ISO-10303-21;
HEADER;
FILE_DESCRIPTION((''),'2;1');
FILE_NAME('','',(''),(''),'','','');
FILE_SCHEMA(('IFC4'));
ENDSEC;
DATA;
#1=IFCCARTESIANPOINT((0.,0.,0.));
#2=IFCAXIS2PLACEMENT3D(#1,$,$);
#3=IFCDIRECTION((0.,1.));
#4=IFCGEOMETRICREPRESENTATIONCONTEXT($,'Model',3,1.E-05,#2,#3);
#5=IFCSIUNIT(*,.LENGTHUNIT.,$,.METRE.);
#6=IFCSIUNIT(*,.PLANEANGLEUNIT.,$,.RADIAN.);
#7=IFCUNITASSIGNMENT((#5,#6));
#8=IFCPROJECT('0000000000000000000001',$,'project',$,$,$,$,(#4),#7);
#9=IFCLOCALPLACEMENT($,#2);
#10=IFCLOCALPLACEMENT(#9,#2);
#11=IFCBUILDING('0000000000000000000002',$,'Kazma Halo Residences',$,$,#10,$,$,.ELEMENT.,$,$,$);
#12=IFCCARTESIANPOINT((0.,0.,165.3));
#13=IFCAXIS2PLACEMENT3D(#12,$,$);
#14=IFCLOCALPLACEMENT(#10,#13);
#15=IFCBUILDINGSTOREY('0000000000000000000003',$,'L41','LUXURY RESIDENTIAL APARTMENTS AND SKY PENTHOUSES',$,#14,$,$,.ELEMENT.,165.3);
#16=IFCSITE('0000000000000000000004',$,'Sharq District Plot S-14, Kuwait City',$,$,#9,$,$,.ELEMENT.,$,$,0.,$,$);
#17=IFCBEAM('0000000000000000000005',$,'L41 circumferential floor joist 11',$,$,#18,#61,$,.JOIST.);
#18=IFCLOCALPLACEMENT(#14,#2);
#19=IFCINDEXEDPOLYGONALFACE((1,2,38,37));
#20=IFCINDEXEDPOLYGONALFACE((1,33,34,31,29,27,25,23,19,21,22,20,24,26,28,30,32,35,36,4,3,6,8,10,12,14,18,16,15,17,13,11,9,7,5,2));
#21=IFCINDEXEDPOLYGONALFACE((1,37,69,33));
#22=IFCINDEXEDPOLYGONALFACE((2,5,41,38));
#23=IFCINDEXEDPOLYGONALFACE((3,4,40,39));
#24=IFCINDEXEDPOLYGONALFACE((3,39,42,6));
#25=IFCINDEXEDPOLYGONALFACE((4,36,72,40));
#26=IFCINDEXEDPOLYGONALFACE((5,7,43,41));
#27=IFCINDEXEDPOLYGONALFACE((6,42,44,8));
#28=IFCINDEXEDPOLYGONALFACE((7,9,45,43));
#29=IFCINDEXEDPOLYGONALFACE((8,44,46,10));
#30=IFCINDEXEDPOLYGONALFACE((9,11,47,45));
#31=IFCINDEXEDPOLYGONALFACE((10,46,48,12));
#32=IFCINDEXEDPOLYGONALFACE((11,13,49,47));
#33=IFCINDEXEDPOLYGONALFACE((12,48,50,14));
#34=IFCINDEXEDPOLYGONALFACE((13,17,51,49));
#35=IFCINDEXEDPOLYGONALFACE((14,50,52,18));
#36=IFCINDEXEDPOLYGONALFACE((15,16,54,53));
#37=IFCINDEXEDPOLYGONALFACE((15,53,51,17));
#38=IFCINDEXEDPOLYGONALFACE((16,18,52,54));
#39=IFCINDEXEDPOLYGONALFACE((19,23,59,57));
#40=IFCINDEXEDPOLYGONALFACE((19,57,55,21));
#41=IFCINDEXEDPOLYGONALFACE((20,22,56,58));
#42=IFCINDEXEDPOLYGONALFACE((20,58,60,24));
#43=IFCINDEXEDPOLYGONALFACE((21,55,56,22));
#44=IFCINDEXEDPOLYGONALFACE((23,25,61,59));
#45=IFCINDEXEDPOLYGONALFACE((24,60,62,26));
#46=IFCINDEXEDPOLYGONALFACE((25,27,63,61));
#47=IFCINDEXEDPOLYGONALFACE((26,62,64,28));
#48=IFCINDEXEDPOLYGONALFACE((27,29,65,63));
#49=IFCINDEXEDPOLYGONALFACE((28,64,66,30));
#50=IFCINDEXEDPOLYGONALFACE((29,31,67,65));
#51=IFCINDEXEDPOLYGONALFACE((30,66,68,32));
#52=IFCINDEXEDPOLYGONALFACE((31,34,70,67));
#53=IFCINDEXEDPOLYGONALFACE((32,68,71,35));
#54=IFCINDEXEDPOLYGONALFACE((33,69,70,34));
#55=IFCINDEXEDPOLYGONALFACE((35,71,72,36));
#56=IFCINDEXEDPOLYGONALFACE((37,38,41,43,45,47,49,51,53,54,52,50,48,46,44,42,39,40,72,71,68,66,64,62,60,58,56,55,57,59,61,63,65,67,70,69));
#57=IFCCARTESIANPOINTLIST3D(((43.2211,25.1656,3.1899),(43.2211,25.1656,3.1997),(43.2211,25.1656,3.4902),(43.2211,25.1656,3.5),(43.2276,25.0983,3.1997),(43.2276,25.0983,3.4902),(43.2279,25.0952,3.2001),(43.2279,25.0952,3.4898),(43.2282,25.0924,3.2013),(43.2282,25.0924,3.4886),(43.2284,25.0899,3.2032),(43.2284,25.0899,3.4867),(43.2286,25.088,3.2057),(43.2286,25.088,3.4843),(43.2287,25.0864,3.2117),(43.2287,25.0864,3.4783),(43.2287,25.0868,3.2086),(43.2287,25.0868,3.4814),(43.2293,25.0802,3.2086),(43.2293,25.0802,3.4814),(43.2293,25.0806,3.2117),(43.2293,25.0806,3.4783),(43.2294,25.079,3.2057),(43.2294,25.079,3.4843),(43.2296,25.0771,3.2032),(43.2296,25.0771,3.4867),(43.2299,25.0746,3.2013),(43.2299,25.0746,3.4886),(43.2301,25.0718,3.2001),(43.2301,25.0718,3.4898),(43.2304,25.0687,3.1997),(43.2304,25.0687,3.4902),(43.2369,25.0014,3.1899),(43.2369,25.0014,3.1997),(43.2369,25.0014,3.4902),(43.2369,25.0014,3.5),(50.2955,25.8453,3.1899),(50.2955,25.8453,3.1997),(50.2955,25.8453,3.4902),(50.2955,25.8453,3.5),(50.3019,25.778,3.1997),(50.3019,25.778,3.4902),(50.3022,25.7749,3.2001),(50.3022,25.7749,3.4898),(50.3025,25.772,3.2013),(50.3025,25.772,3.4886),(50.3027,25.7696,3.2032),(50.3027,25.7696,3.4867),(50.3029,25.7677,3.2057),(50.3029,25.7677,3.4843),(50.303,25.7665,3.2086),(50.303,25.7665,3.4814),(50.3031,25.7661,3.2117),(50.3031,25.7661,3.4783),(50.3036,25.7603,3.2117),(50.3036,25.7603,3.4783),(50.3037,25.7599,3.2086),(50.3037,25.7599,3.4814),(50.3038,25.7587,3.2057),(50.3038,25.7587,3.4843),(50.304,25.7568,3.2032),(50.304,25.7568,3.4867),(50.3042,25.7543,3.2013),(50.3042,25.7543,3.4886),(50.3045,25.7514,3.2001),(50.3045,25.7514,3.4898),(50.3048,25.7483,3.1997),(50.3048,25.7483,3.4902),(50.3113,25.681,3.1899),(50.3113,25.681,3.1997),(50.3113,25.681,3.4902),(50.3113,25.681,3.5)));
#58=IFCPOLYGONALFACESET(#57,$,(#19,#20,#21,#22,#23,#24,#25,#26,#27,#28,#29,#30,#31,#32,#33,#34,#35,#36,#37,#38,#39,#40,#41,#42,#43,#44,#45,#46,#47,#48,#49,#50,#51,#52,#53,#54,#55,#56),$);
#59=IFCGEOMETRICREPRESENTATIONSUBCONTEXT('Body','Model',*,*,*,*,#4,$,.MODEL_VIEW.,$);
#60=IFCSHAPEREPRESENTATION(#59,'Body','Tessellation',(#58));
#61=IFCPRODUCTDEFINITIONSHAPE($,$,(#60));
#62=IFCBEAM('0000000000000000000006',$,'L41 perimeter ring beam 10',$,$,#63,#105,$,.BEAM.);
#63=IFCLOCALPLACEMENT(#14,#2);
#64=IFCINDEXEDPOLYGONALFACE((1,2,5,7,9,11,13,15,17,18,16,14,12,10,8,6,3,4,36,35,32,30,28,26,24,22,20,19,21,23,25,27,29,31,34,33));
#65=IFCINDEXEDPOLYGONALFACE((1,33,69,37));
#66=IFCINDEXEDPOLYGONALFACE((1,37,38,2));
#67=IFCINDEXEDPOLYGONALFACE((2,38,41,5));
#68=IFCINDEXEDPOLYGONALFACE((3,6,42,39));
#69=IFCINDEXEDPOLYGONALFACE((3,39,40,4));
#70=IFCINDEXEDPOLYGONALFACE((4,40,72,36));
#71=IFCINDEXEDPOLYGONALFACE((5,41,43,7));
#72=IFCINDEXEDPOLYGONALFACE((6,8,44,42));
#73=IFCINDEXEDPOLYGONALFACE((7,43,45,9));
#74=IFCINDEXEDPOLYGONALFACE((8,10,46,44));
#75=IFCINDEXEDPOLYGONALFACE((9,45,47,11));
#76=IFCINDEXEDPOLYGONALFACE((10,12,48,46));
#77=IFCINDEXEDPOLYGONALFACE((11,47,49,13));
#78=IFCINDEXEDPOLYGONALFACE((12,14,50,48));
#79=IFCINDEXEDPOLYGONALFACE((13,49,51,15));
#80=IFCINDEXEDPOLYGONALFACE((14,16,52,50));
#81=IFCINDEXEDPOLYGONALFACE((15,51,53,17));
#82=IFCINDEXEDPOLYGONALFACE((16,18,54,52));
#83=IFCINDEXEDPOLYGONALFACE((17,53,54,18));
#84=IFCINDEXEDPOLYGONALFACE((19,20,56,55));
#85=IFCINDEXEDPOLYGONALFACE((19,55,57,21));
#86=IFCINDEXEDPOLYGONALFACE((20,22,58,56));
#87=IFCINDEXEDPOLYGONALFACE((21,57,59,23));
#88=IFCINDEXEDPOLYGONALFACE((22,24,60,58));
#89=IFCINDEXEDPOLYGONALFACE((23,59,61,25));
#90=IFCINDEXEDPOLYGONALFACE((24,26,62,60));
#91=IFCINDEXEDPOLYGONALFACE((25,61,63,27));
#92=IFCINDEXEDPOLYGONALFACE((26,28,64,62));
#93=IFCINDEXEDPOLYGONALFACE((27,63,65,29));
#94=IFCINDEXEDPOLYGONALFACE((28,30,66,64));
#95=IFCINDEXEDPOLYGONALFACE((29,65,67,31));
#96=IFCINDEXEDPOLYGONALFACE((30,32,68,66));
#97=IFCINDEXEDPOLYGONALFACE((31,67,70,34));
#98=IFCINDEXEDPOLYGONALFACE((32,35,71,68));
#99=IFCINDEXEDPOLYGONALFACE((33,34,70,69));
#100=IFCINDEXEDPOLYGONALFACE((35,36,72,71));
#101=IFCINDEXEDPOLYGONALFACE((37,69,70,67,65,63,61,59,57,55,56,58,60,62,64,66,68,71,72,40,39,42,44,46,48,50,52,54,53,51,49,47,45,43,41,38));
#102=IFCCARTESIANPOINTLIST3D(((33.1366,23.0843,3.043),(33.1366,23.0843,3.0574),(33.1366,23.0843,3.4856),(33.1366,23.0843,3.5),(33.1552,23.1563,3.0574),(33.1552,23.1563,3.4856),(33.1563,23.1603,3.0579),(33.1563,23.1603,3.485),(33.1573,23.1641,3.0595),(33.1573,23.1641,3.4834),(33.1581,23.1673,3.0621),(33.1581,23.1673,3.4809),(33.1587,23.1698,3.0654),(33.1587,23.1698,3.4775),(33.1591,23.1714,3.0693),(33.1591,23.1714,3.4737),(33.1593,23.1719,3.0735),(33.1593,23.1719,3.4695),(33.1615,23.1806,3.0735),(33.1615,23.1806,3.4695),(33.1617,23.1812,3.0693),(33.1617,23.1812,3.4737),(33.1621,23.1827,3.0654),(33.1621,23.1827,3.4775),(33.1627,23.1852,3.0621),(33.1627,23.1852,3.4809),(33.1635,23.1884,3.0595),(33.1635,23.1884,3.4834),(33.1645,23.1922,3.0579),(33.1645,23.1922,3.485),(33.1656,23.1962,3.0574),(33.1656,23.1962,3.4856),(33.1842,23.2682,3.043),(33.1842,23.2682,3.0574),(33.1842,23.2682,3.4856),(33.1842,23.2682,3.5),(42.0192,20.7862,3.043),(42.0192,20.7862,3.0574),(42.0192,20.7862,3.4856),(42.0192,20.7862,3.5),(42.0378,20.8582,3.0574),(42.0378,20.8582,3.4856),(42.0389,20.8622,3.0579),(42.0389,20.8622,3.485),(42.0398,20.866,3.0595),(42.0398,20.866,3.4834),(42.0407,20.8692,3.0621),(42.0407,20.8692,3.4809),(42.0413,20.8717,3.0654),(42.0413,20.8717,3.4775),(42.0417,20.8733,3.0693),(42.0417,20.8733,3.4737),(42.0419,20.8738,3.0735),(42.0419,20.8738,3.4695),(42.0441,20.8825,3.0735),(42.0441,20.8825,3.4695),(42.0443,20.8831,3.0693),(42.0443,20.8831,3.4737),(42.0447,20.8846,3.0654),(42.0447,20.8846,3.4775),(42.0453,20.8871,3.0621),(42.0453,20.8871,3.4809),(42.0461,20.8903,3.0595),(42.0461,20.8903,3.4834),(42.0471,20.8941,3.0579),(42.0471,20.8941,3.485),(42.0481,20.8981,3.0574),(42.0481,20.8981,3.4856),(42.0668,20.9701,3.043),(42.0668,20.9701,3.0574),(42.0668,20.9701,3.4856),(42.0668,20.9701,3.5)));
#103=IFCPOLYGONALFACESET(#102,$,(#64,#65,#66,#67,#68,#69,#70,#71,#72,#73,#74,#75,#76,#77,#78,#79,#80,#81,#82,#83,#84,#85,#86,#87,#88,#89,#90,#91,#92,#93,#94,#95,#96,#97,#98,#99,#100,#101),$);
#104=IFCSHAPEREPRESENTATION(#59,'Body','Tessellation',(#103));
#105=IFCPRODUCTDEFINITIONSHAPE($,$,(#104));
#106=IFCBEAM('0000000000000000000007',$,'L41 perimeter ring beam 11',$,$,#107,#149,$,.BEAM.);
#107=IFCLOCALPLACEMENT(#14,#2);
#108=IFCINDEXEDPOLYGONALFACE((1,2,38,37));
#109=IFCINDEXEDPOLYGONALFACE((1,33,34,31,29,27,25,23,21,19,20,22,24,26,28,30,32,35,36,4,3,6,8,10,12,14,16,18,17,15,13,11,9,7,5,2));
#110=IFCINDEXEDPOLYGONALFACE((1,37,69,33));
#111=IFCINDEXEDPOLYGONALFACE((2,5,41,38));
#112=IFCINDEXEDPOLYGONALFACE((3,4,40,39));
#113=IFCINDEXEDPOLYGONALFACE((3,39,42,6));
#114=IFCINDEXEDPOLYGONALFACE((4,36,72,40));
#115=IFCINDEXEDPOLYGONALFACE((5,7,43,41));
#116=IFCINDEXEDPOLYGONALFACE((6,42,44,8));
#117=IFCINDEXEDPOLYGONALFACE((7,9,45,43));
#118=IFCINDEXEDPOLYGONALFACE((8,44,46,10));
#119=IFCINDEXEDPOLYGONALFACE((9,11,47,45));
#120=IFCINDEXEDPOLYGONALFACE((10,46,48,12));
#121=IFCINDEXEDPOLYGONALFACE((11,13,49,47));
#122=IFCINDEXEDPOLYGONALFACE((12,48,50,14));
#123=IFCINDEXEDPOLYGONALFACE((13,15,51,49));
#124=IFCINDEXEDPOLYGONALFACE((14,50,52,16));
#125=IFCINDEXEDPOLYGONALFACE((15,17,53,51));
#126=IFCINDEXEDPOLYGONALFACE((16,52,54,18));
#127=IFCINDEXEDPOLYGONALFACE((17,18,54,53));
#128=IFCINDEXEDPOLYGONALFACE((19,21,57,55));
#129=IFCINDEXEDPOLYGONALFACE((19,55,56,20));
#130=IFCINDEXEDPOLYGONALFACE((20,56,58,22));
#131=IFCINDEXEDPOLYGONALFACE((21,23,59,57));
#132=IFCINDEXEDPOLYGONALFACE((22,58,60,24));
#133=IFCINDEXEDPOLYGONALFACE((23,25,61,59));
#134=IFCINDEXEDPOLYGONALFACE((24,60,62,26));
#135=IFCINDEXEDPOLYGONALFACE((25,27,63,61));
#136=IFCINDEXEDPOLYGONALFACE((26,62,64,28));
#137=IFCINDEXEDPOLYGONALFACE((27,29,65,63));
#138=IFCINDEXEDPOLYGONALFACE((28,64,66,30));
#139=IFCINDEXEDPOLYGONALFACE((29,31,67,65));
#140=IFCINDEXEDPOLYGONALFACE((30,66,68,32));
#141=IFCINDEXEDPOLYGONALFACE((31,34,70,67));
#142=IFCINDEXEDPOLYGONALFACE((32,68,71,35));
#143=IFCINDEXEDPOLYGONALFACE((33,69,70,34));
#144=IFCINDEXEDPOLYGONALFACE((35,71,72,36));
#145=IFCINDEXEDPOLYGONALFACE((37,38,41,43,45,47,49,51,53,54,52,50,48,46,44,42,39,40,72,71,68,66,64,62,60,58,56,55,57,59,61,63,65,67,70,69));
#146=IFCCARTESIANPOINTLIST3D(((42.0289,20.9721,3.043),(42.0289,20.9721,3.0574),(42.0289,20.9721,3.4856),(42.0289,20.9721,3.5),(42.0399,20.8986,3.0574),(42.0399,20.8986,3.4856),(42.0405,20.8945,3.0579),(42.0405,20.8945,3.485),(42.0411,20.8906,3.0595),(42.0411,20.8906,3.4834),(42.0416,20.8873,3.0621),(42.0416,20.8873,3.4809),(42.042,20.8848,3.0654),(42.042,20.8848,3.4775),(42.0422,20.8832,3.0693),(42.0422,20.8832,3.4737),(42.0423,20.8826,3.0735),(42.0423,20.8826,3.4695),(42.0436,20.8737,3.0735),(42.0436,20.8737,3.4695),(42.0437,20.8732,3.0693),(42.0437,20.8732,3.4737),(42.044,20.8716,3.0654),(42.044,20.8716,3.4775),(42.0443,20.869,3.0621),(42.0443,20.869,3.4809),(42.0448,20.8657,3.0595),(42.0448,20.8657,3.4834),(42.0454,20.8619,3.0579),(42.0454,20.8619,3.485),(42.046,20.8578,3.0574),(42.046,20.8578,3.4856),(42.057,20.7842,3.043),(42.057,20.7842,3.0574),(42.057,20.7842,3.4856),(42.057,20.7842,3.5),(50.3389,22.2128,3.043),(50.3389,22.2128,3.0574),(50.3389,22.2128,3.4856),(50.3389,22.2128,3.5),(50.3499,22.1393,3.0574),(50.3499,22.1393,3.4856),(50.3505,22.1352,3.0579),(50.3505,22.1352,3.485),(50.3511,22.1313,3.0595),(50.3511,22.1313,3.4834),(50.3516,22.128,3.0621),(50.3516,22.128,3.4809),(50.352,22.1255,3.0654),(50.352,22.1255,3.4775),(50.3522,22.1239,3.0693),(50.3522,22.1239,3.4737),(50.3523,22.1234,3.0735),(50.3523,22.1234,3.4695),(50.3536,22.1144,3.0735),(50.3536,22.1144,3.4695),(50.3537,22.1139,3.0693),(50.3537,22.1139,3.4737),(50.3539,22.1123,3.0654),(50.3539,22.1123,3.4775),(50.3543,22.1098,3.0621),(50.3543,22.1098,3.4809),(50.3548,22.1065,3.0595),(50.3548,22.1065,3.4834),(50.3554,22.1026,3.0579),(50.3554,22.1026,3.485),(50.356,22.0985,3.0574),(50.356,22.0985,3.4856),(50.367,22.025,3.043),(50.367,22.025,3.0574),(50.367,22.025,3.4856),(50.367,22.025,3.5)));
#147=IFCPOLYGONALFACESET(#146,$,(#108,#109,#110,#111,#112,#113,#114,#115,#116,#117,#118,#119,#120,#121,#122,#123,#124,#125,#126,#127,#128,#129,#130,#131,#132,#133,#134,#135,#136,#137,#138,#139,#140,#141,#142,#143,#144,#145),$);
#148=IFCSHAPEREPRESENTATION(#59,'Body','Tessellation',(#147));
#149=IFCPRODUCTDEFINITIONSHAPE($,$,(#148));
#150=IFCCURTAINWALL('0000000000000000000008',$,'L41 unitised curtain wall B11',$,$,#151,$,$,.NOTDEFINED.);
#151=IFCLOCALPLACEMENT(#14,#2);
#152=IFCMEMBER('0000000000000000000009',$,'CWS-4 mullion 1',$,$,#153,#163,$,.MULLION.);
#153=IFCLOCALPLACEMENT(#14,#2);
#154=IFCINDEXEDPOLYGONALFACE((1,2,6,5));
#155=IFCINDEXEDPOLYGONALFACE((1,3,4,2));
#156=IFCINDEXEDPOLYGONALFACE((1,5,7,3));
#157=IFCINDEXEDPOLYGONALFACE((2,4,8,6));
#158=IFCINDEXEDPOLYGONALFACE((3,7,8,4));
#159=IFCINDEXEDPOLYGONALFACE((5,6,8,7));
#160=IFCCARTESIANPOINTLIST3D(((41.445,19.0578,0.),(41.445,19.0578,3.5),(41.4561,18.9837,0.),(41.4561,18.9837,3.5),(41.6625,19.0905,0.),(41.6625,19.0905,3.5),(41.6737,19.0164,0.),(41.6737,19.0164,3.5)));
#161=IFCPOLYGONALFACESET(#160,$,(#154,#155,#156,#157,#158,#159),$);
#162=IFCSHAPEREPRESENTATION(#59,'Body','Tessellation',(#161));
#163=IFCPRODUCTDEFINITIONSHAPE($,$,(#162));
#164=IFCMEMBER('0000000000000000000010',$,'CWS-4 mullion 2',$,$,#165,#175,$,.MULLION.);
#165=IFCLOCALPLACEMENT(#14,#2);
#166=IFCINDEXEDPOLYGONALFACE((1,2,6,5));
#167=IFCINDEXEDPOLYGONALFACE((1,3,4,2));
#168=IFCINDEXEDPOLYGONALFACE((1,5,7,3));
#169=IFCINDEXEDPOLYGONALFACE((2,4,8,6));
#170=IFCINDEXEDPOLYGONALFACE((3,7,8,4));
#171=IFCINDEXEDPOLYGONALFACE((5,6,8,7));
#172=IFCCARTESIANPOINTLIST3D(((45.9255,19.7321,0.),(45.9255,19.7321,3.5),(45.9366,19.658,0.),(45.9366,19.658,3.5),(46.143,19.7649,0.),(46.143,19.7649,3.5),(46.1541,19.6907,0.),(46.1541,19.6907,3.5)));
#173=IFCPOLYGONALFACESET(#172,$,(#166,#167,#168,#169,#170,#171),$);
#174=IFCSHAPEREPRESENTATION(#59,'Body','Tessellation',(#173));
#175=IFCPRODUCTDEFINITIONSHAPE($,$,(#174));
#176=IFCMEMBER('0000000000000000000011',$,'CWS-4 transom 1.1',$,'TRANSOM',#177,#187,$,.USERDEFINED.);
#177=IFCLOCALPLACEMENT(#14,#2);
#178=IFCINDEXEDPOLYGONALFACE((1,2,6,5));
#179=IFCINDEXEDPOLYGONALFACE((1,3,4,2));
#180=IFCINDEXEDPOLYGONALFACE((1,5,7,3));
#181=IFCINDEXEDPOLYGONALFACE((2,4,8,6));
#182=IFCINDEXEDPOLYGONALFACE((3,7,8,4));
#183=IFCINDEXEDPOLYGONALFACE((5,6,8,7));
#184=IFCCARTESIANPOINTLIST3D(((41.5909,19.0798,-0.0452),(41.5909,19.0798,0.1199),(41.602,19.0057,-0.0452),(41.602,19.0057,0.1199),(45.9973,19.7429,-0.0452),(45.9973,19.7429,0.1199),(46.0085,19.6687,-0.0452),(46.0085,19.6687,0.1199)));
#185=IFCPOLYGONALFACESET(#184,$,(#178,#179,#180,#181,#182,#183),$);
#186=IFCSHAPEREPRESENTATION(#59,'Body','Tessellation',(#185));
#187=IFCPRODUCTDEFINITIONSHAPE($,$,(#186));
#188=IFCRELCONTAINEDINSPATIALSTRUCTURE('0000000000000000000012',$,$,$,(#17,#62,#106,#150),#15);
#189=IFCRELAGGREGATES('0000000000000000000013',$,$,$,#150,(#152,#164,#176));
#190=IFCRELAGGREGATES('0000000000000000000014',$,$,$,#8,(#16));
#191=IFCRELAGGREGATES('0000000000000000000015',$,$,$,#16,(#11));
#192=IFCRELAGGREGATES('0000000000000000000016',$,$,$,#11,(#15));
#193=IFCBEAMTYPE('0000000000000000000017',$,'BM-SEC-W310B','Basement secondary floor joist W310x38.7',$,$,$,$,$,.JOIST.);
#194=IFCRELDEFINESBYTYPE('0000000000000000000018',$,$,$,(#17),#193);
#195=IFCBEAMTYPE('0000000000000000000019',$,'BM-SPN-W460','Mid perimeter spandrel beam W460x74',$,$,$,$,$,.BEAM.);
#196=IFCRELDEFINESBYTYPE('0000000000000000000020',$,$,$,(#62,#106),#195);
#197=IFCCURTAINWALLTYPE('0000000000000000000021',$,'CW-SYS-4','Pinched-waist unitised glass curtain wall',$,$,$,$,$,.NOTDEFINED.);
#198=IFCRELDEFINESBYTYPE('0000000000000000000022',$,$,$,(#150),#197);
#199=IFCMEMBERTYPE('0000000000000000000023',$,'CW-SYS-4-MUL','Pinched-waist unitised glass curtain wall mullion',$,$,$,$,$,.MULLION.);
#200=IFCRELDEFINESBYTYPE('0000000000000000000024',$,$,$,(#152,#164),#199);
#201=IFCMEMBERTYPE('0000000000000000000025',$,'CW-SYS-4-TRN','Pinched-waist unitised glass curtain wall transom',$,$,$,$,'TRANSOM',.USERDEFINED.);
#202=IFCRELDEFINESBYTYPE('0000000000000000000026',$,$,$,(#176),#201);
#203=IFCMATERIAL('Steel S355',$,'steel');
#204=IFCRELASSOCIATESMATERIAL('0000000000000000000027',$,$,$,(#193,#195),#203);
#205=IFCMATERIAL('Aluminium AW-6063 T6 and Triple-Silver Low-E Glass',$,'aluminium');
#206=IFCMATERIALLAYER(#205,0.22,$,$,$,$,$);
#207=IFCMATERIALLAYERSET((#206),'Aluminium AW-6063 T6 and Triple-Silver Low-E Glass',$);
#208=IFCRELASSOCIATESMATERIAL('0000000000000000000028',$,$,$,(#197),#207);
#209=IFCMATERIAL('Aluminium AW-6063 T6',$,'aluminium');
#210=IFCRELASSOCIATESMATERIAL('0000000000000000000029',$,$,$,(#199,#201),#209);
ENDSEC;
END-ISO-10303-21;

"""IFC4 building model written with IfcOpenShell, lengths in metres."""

from ifc_helpers import new_model, si_unit, direction, frame, origin, origin_2d, place, context, subcontext, project, spatial, rectangle, i_section, extrude, material, layer, layer_set, material_profile, profile_set, type_object, element, aggregate, save


model = new_model("IFC4")

# Units and contexts
model_context = context("Model", 3, precision=1e-05, world=origin(), true_north=direction((0.0, 1.0)))
body_context = subcontext(model_context, "Body", "Model", "MODEL_VIEW")
ifc_project = project(units=[si_unit("LENGTHUNIT", "METRE"), si_unit("PLANEANGLEUNIT", "RADIAN")], contexts=[model_context])

# Site, building, storey
site_placement = place(None, origin())
site = spatial("IfcSite", under=ifc_project, at=site_placement, Name="Sharq District Plot S-14, Kuwait City", CompositionType="ELEMENT", RefElevation=0.0)
building_placement = place(site_placement, origin())
building = spatial("IfcBuilding", under=site, at=building_placement, Name="Kazma Halo Residences", CompositionType="ELEMENT")
storey_placement = place(building_placement, frame((0.0, 0.0, 165.3)))
storey = spatial("IfcBuildingStorey", under=building, at=storey_placement, Name="L41", Description="LUXURY RESIDENTIAL APARTMENTS AND SKY PENTHOUSES", CompositionType="ELEMENT", Elevation=165.3)

# Beams
ifc_material_1 = material(Name="Steel S355", Category="steel")
ifc_material_profile_1 = material_profile(ifc_material_1, i_section(OverallWidth=0.165, OverallDepth=0.3101, WebThickness=0.0059, FlangeThickness=0.0098, FilletRadius=0.012, at=origin_2d()), Name="W310x38.7")
ifc_profile_set_1 = profile_set([ifc_material_profile_1], Name="Steel S355")
beam_type_1 = type_object("IfcBeamType", Name="BM-SEC-W310B", Description="Basement secondary floor joist W310x38.7", PredefinedType="JOIST", material=ifc_profile_set_1)
beam_1_placement = place(storey_placement, frame((43.229, 25.0835, 3.345), z_axis=(0.995416, 0.095636, 0.0), x_axis=(-0.095636, 0.995416, 0.0)))
element("IfcBeam", 1, at=beam_1_placement, inside=storey, type_object=beam_type_1, Name="L41 circumferential floor joist 11", PredefinedType="JOIST", context=body_context, shape_type="SweptSolid", body=[
    extrude(i_section(OverallWidth=0.165, OverallDepth=0.3101, WebThickness=0.0059, FlangeThickness=0.0098, FilletRadius=0.012, at=origin_2d()), origin(), (0.0, 0.0, 1.0), 7.1069),
])
ifc_material_profile_2 = material_profile(ifc_material_1, i_section(OverallWidth=0.1899, OverallDepth=0.457, WebThickness=0.009, FlangeThickness=0.0144, FilletRadius=0.0161, at=origin_2d()), Name="W460x74")
ifc_profile_set_2 = profile_set([ifc_material_profile_2], Name="Steel S355")
beam_type_2 = type_object("IfcBeamType", Name="BM-SPN-W460", Description="Mid perimeter spandrel beam W460x74", PredefinedType="BEAM", material=ifc_profile_set_2)
beam_2_placement = place(storey_placement, frame((33.1604, 23.1763, 3.2715), z_axis=(0.968124, -0.250473, 0.0), x_axis=(0.250473, 0.968124, 0.0)))
element("IfcBeam", 2, at=beam_2_placement, inside=storey, type_object=beam_type_2, Name="L41 perimeter ring beam 10", PredefinedType="BEAM", context=body_context, shape_type="SweptSolid", body=[
    extrude(i_section(OverallWidth=0.1899, OverallDepth=0.457, WebThickness=0.009, FlangeThickness=0.0144, FilletRadius=0.0161, at=origin_2d()), origin(), (0.0, 0.0, 1.0), 9.175),
])
beam_3_placement = place(storey_placement, frame((42.043, 20.8782, 3.2715), z_axis=(0.989037, 0.147667, 0.0), x_axis=(-0.147667, 0.989037, 0.0)))
element("IfcBeam", 3, at=beam_3_placement, inside=storey, type_object=beam_type_2, Name="L41 perimeter ring beam 11", PredefinedType="BEAM", context=body_context, shape_type="SweptSolid", body=[
    extrude(i_section(OverallWidth=0.1899, OverallDepth=0.457, WebThickness=0.009, FlangeThickness=0.0144, FilletRadius=0.0161, at=origin_2d()), origin(), (0.0, 0.0, 1.0), 8.4021),
])

# Curtain wall, members
ifc_material_2 = material(Name="Aluminium AW-6063 T6 and Triple-Silver Low-E Glass", Category="aluminium")
ifc_layer_1 = layer(ifc_material_2, 0.22)
ifc_layer_set_1 = layer_set([ifc_layer_1], Name="Aluminium AW-6063 T6 and Triple-Silver Low-E Glass")
curtain_wall_type = type_object("IfcCurtainWallType", Name="CW-SYS-4", Description="Pinched-waist unitised glass curtain wall", PredefinedType="NOTDEFINED", material=ifc_layer_set_1)
curtain_wall_placement = place(storey_placement, origin())
curtain_wall = element("IfcCurtainWall", 4, at=curtain_wall_placement, inside=storey, type_object=curtain_wall_type, Name="L41 unitised curtain wall B11", PredefinedType="NOTDEFINED")
ifc_material_3 = material(Name="Aluminium AW-6063 T6", Category="aluminium")
ifc_material_profile_3 = material_profile(ifc_material_3, rectangle(XDim=0.075, YDim=0.22, at=origin_2d()), Name="CWM-75x220")
ifc_profile_set_3 = profile_set([ifc_material_profile_3], Name="Aluminium AW-6063 T6")
member_type_1 = type_object("IfcMemberType", Name="CW-SYS-4-MUL", Description="Pinched-waist unitised glass curtain wall mullion", PredefinedType="MULLION", material=ifc_profile_set_3)
member_1_placement = place(storey_placement, frame((41.5593, 19.0371, 0.0), z_axis=(0.0, 0.0, 1.0), x_axis=(-0.148821, 0.988864, 0.0)))
member_1 = element("IfcMember", 5, at=member_1_placement, type_object=member_type_1, Name="CWS-4 mullion 1", PredefinedType="MULLION", context=body_context, shape_type="SweptSolid", body=[
    extrude(rectangle(XDim=0.075, YDim=0.22, at=origin_2d()), origin(), (0.0, 0.0, 1.0), 3.5),
])
member_2_placement = place(storey_placement, frame((46.0398, 19.7114, 0.0), z_axis=(0.0, 0.0, 1.0), x_axis=(-0.148821, 0.988864, 0.0)))
member_2 = element("IfcMember", 6, at=member_2_placement, type_object=member_type_1, Name="CWS-4 mullion 2", PredefinedType="MULLION", context=body_context, shape_type="SweptSolid", body=[
    extrude(rectangle(XDim=0.075, YDim=0.22, at=origin_2d()), origin(), (0.0, 0.0, 1.0), 3.5),
])
ifc_material_profile_4 = material_profile(ifc_material_3, rectangle(XDim=0.075, YDim=0.165, at=origin_2d()), Name="CWT-75x165")
ifc_profile_set_4 = profile_set([ifc_material_profile_4], Name="Aluminium AW-6063 T6")
member_type_2 = type_object("IfcMemberType", Name="CW-SYS-4-TRN", Description="Pinched-waist unitised glass curtain wall transom", ElementType="TRANSOM", PredefinedType="USERDEFINED", material=ifc_profile_set_4)
member_3_placement = place(storey_placement, frame((41.5964, 19.0427, 0.0374), z_axis=(0.988867, 0.148804, 0.0), x_axis=(-0.148804, 0.988867, 0.0)))
member_3 = element("IfcMember", 7, at=member_3_placement, type_object=member_type_2, Name="CWS-4 transom 1.1", ObjectType="TRANSOM", PredefinedType="USERDEFINED", context=body_context, shape_type="SweptSolid", body=[
    extrude(rectangle(XDim=0.075, YDim=0.165, at=origin_2d()), origin(), (0.0, 0.0, 1.0), 4.4561),
])
aggregate(curtain_wall, [member_1, member_2, member_3])

save(model, "model.ifc")
